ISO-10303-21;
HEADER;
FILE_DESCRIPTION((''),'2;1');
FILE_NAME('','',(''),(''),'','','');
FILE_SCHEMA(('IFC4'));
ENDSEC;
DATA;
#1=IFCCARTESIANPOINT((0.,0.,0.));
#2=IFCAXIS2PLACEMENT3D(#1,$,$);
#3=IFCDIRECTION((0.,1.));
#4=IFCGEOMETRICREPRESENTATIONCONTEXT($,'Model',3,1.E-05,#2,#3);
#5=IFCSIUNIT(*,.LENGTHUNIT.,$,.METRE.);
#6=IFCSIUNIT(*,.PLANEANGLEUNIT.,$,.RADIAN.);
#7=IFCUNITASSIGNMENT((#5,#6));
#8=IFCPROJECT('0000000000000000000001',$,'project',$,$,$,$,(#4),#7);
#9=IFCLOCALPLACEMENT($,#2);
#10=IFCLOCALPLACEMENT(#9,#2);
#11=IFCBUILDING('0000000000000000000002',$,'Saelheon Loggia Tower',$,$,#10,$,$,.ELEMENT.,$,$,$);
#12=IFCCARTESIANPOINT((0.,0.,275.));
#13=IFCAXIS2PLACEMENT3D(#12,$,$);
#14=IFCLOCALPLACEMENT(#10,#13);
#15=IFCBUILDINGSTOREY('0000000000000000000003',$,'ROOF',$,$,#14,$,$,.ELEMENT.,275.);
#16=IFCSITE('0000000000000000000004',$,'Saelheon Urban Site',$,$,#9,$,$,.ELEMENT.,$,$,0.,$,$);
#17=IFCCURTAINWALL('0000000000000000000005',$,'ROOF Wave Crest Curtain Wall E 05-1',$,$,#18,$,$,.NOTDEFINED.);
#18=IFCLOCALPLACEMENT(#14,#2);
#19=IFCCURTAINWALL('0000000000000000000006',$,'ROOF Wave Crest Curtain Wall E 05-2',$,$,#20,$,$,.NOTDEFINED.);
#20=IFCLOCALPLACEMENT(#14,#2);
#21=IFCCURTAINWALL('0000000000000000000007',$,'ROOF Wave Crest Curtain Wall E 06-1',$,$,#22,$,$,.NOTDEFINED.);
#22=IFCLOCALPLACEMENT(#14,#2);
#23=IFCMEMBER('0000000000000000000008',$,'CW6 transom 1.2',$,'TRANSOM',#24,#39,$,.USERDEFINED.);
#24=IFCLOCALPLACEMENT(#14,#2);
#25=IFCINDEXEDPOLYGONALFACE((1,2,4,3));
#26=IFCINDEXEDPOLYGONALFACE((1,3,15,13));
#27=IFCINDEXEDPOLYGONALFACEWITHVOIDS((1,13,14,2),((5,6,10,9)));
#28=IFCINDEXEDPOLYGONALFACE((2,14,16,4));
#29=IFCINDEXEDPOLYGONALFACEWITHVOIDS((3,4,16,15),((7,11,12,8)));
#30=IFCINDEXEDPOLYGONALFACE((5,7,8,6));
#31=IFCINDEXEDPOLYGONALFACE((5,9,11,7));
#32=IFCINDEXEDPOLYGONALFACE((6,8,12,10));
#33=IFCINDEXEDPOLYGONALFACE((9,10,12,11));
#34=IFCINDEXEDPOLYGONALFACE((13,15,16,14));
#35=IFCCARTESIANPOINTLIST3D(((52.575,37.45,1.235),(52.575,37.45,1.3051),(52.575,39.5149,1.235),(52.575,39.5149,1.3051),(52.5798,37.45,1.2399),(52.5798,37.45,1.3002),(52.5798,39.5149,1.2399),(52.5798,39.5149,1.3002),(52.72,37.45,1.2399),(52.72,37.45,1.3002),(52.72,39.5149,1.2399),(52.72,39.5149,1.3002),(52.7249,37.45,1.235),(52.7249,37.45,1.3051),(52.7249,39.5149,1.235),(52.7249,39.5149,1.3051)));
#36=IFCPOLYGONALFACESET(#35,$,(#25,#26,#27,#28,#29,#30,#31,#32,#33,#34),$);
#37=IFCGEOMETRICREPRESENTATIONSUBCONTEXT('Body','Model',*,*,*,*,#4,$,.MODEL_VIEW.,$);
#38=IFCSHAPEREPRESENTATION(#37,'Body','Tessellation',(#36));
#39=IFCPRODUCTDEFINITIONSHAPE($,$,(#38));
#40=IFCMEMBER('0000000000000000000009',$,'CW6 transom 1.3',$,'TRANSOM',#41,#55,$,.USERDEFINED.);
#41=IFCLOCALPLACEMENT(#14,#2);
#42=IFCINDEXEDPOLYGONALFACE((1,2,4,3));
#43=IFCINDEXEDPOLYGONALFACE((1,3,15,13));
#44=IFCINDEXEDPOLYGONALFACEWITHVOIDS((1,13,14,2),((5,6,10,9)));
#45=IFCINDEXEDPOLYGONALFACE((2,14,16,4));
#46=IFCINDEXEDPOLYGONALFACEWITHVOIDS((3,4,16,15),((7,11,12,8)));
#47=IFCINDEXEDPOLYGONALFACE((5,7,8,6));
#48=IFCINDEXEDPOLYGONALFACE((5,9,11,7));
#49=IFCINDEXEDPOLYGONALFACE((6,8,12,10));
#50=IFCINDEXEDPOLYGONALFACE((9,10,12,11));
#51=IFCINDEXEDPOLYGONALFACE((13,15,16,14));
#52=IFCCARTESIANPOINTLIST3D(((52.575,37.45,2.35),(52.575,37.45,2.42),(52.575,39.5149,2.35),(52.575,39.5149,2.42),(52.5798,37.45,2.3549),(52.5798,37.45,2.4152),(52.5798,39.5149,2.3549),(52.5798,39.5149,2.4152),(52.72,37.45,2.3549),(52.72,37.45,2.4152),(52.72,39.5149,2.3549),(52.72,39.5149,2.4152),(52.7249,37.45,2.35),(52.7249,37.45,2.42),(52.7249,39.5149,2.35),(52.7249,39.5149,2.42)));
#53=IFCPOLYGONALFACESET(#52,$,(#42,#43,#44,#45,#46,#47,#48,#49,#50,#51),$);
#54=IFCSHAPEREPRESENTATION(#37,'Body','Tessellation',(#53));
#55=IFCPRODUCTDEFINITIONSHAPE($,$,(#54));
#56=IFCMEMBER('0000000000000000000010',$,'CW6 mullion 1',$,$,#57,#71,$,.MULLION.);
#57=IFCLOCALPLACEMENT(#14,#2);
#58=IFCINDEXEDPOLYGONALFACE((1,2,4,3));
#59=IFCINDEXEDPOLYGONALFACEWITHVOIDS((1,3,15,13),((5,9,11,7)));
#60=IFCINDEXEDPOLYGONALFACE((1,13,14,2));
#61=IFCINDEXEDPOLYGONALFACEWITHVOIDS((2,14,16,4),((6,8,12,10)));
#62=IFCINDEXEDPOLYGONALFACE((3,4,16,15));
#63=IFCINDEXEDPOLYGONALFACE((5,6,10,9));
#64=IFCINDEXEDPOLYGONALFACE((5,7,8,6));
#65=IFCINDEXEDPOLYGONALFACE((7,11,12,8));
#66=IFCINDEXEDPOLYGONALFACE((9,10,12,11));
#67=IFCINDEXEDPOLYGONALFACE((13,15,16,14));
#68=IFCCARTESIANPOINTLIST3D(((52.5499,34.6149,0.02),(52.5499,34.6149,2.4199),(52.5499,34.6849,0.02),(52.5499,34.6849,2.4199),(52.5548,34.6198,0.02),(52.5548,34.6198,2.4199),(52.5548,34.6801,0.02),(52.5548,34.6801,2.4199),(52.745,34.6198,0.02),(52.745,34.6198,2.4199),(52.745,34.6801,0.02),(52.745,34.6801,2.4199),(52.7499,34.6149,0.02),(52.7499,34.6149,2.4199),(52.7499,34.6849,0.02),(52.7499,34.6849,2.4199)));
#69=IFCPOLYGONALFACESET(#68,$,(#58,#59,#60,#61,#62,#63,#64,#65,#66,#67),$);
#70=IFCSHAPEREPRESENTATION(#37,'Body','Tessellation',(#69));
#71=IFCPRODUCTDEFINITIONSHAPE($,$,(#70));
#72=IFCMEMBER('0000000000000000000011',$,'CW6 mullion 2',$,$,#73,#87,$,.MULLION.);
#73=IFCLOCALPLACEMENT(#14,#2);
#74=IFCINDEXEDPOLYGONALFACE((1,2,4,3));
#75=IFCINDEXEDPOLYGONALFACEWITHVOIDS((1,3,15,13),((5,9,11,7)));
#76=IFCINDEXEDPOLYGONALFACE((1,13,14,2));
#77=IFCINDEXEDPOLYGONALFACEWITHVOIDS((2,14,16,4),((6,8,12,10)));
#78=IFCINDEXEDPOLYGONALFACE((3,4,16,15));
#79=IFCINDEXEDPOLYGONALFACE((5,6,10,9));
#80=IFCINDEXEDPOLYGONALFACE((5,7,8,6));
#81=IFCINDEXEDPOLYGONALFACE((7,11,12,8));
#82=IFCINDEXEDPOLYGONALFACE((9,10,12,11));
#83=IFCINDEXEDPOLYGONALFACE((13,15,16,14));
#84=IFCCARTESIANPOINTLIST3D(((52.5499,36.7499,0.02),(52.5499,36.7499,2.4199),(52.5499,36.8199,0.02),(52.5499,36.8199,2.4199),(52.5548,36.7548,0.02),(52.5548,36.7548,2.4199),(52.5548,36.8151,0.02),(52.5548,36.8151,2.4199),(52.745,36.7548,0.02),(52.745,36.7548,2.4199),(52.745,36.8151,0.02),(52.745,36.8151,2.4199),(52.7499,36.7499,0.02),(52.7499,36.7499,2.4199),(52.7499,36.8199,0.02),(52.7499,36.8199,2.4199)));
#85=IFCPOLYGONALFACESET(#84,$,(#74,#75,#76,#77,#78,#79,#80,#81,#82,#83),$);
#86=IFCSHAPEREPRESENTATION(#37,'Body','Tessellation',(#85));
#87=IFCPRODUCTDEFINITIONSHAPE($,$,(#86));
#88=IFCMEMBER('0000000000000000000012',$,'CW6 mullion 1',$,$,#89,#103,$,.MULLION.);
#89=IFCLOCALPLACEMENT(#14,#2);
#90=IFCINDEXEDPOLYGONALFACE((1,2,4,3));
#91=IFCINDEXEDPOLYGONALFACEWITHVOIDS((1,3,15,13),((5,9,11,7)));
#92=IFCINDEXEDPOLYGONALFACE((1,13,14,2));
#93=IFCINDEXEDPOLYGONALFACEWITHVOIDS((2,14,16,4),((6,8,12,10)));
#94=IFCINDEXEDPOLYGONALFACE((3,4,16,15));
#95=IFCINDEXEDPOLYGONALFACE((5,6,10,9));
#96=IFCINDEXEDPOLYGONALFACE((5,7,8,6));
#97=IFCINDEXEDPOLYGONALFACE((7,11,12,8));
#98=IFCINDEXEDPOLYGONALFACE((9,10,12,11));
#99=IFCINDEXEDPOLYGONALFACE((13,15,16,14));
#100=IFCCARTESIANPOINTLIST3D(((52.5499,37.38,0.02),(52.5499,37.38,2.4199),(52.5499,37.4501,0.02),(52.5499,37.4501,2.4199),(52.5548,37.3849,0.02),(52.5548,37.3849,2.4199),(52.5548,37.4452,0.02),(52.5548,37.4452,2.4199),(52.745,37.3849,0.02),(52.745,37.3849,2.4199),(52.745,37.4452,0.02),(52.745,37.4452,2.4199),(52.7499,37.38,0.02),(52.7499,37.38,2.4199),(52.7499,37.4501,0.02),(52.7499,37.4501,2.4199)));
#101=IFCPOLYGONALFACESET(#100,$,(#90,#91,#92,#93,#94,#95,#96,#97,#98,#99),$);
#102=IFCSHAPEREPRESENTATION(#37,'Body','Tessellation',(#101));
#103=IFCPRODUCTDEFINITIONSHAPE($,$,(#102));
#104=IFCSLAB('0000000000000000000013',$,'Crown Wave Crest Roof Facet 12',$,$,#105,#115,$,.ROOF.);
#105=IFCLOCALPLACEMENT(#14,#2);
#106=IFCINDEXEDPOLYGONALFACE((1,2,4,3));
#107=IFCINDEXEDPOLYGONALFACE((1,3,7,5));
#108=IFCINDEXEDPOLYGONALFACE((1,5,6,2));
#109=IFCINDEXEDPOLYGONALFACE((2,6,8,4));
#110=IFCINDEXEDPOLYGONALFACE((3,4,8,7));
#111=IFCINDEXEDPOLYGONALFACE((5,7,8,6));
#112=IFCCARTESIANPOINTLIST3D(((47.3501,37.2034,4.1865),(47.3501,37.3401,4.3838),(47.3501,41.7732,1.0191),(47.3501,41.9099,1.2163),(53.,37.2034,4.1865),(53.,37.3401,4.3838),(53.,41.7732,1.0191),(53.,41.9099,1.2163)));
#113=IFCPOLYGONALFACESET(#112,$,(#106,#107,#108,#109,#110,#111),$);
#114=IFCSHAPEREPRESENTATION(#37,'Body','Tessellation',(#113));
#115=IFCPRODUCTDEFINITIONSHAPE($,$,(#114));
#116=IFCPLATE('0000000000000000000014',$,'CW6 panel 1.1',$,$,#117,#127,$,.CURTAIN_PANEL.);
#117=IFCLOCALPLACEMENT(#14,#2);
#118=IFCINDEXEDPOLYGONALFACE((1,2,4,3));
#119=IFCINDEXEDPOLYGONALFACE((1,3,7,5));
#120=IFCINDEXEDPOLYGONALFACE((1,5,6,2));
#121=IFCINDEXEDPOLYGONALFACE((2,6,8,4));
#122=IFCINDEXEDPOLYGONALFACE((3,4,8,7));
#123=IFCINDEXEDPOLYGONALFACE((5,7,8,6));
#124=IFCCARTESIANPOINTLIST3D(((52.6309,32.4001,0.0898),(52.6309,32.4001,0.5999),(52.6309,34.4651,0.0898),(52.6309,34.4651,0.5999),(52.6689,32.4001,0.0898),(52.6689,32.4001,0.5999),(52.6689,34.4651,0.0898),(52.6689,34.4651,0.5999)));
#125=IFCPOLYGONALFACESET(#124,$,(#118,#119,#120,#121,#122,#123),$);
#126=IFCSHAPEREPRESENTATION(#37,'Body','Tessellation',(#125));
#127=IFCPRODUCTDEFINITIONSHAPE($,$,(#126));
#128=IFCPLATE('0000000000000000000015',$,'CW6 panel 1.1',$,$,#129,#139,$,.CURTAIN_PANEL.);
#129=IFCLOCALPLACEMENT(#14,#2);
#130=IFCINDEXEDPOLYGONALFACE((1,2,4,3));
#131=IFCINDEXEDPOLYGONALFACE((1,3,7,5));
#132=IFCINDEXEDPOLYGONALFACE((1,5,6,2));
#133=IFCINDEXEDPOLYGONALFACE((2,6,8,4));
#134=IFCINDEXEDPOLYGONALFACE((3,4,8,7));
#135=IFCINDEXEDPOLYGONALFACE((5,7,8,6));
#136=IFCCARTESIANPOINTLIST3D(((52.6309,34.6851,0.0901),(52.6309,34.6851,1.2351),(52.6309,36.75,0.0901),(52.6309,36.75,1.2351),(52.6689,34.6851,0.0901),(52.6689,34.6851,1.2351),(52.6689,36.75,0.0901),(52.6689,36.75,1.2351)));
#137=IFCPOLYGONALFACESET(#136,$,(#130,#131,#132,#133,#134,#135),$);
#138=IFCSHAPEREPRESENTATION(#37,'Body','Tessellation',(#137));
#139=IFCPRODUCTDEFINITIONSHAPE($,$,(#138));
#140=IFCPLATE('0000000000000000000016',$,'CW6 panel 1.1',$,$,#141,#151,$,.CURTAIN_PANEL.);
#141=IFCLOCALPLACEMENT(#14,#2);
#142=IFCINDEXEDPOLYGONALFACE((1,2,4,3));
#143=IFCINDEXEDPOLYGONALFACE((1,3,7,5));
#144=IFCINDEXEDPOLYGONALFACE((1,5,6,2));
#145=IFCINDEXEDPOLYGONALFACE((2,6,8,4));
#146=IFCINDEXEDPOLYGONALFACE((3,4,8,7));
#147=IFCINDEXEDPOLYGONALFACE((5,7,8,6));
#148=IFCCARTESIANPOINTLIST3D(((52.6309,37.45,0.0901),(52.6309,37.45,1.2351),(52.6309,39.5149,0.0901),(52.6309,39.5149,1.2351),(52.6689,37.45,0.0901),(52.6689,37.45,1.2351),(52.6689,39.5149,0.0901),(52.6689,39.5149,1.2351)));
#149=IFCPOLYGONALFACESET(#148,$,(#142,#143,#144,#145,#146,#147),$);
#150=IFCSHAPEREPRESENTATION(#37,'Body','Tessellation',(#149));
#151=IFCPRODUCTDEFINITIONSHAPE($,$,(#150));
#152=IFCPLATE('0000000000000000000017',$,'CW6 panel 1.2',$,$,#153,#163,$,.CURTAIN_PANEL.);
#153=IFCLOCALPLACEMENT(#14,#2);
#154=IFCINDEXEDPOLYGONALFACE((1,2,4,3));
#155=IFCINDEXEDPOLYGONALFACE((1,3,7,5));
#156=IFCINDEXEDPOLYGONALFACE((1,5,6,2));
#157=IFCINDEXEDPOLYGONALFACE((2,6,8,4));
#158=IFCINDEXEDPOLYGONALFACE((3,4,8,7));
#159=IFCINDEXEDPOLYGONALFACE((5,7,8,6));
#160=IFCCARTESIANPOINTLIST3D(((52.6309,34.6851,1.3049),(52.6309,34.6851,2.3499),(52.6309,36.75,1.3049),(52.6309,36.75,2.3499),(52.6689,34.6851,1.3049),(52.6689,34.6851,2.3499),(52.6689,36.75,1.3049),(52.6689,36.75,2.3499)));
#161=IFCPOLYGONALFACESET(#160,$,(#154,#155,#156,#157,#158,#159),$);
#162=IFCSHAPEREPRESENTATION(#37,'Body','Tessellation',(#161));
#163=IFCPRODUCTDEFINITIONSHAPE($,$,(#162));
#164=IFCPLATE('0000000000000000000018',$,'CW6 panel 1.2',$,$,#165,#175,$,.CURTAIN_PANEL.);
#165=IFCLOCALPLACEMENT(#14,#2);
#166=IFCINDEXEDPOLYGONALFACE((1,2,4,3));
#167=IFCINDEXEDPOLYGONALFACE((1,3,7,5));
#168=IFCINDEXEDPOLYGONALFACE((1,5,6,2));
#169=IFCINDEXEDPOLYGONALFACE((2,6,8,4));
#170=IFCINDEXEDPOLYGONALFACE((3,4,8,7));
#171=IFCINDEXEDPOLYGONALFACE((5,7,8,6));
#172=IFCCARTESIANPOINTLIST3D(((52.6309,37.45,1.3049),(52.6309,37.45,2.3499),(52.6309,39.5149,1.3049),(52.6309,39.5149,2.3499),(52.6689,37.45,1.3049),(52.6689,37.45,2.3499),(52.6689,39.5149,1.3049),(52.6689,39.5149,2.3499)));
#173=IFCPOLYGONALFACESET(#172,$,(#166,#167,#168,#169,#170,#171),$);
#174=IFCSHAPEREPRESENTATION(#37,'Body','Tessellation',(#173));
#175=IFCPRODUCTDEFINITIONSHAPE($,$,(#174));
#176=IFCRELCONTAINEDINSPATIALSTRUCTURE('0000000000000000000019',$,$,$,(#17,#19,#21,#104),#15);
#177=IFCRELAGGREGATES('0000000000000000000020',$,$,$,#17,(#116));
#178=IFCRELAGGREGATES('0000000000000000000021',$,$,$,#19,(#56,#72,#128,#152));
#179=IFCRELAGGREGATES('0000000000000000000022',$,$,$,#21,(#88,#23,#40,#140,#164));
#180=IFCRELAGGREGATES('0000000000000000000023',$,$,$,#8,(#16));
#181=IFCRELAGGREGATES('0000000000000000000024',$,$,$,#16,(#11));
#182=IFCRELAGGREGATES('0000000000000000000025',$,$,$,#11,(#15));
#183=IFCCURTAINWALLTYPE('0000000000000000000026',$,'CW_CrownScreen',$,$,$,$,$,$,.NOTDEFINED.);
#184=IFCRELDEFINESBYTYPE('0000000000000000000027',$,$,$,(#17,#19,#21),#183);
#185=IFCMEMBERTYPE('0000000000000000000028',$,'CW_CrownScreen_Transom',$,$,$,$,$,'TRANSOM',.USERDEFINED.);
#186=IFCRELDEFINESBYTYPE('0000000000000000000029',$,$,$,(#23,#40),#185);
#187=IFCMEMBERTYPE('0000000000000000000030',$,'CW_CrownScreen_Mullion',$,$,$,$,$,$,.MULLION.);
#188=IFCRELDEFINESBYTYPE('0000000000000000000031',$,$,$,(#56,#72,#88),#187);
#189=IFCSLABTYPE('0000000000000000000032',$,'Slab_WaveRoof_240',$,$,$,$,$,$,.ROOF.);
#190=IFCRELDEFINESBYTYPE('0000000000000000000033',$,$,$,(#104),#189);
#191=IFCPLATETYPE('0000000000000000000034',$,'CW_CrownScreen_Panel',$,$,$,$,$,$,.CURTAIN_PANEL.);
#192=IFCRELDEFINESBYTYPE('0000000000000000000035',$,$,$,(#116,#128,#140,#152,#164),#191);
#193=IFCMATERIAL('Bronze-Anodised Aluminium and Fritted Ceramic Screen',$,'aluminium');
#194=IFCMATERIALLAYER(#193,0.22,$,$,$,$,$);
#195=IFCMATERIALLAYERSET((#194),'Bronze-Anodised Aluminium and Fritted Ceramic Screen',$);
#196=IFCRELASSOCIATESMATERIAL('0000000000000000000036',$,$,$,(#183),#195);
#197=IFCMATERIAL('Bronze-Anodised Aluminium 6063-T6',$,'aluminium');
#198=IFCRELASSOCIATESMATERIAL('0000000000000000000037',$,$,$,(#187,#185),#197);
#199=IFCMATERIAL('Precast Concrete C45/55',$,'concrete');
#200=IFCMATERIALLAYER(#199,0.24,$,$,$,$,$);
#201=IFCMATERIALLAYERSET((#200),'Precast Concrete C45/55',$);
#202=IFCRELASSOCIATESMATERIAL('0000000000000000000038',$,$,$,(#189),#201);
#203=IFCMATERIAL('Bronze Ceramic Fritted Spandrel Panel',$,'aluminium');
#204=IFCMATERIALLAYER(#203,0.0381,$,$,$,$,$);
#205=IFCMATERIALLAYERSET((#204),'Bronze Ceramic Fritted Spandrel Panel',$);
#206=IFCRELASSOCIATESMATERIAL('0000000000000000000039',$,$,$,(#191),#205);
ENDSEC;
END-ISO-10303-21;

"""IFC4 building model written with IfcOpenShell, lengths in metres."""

from ifc_helpers import new_model, si_unit, direction, frame, origin, origin_2d, place, context, subcontext, project, spatial, polyline, rectangle, hollow_rectangle, outline, extrude, source, transform, mapped, material, layer, layer_set, material_profile, profile_set, type_object, element, aggregate, save


model = new_model("IFC4")

# Units and contexts
model_context = context("Model", 3, precision=1e-05, world=origin(), true_north=direction((0.0, 1.0)))
body_context = subcontext(model_context, "Body", "Model", "MODEL_VIEW")
ifc_project = project(units=[si_unit("LENGTHUNIT", "METRE"), si_unit("PLANEANGLEUNIT", "RADIAN")], contexts=[model_context])

# Site, building, storey
site_placement = place(None, origin())
site = spatial("IfcSite", under=ifc_project, at=site_placement, Name="Saelheon Urban Site", CompositionType="ELEMENT", RefElevation=0.0)
building_placement = place(site_placement, origin())
building = spatial("IfcBuilding", under=site, at=building_placement, Name="Saelheon Loggia Tower", CompositionType="ELEMENT")
storey_placement = place(building_placement, frame((0.0, 0.0, 275.0)))
storey = spatial("IfcBuildingStorey", under=building, at=storey_placement, Name="ROOF", CompositionType="ELEMENT", Elevation=275.0)

# Curtain wall
ifc_material_1 = material(Name="Bronze-Anodised Aluminium and Fritted Ceramic Screen", Category="aluminium")
ifc_layer_1 = layer(ifc_material_1, 0.22)
ifc_layer_set_1 = layer_set([ifc_layer_1], Name="Bronze-Anodised Aluminium and Fritted Ceramic Screen")
curtain_wall_type = type_object("IfcCurtainWallType", Name="CW_CrownScreen", PredefinedType="NOTDEFINED", material=ifc_layer_set_1)
curtain_wall_1_placement = place(storey_placement, origin())
curtain_wall_1 = element("IfcCurtainWall", 1, at=curtain_wall_1_placement, inside=storey, type_object=curtain_wall_type, Name="ROOF Wave Crest Curtain Wall E 05-1", PredefinedType="NOTDEFINED")
ifc_material_2 = material(Name="Bronze-Anodised Aluminium 6063-T6", Category="aluminium")
ifc_material_profile_1 = material_profile(ifc_material_2, hollow_rectangle(XDim=0.0701, YDim=0.2, WallThickness=0.0049, at=origin_2d()), Name="RHS-200x70x5")
ifc_profile_set_1 = profile_set([ifc_material_profile_1], Name="Bronze-Anodised Aluminium 6063-T6")
member_type_1 = type_object("IfcMemberType", Name="CW_CrownScreen_Mullion", PredefinedType="MULLION", material=ifc_profile_set_1)

# Curtain walls, members
curtain_wall_2_placement = place(storey_placement, origin())
curtain_wall_2 = element("IfcCurtainWall", 2, at=curtain_wall_2_placement, inside=storey, type_object=curtain_wall_type, Name="ROOF Wave Crest Curtain Wall E 05-2", PredefinedType="NOTDEFINED")
ifc_material_profile_2 = material_profile(ifc_material_2, hollow_rectangle(XDim=0.0701, YDim=0.1499, WallThickness=0.0049, at=origin_2d()), Name="RHS-150x70x5")
ifc_profile_set_2 = profile_set([ifc_material_profile_2], Name="Bronze-Anodised Aluminium 6063-T6")
member_type_2 = type_object("IfcMemberType", Name="CW_CrownScreen_Transom", ElementType="TRANSOM", PredefinedType="USERDEFINED", material=ifc_profile_set_2)
shared_shape_1 = source(origin(), body_context, "Body", "SweptSolid", [
    extrude(hollow_rectangle(XDim=0.0701, YDim=0.1499, WallThickness=0.0049, at=origin_2d()), origin(), (0.0, 0.0, 1.0), 2.0649),
])
curtain_wall_3_placement = place(storey_placement, origin())
curtain_wall_3 = element("IfcCurtainWall", 3, at=curtain_wall_3_placement, inside=storey, type_object=curtain_wall_type, Name="ROOF Wave Crest Curtain Wall E 06-1", PredefinedType="NOTDEFINED")
member_1_placement = place(storey_placement, frame((52.6499, 37.45, 1.27), z_axis=(0.0, 1.0, 0.0), x_axis=(0.0, 0.0, 1.0)))
member_1 = element("IfcMember", 4, at=member_1_placement, type_object=member_type_2, Name="CW6 transom 1.2", ObjectType="TRANSOM", PredefinedType="USERDEFINED", context=body_context, shape_type="MappedRepresentation", body=[
    mapped(shared_shape_1, transform((0.0, 0.0, 0.0), scale=1.0)),
])
member_2_placement = place(storey_placement, frame((52.6499, 37.45, 2.385), z_axis=(0.0, 1.0, 0.0), x_axis=(0.0, 0.0, 1.0)))
member_2 = element("IfcMember", 5, at=member_2_placement, type_object=member_type_2, Name="CW6 transom 1.3", ObjectType="TRANSOM", PredefinedType="USERDEFINED", context=body_context, shape_type="MappedRepresentation", body=[
    mapped(shared_shape_1, transform((0.0, 0.0, 0.0), scale=1.0)),
])

# Members
shared_shape_2 = source(origin(), body_context, "Body", "SweptSolid", [
    extrude(hollow_rectangle(XDim=0.0701, YDim=0.2, WallThickness=0.0049, at=origin_2d()), origin(), (0.0, 0.0, 1.0), 2.3999),
])
member_3_placement = place(storey_placement, frame((52.6499, 34.6499, 0.02), z_axis=(0.0, 0.0, 1.0), x_axis=(0.0, 1.0, 0.0)))
member_3 = element("IfcMember", 6, at=member_3_placement, type_object=member_type_1, Name="CW6 mullion 1", PredefinedType="MULLION", context=body_context, shape_type="MappedRepresentation", body=[
    mapped(shared_shape_2, transform((0.0, 0.0, 0.0), scale=1.0)),
])
member_4_placement = place(storey_placement, frame((52.6499, 36.7849, 0.02), z_axis=(0.0, 0.0, 1.0), x_axis=(0.0, 1.0, 0.0)))
member_4 = element("IfcMember", 7, at=member_4_placement, type_object=member_type_1, Name="CW6 mullion 2", PredefinedType="MULLION", context=body_context, shape_type="MappedRepresentation", body=[
    mapped(shared_shape_2, transform((0.0, 0.0, 0.0), scale=1.0)),
])
member_5_placement = place(storey_placement, frame((52.6499, 37.415, 0.02), z_axis=(0.0, 0.0, 1.0), x_axis=(0.0, 1.0, 0.0)))
member_5 = element("IfcMember", 8, at=member_5_placement, type_object=member_type_1, Name="CW6 mullion 1", PredefinedType="MULLION", context=body_context, shape_type="MappedRepresentation", body=[
    mapped(shared_shape_2, transform((0.0, 0.0, 0.0), scale=1.0)),
])

# Slab
ifc_material_3 = material(Name="Precast Concrete C45/55", Category="concrete")
ifc_layer_2 = layer(ifc_material_3, 0.24)
ifc_layer_set_2 = layer_set([ifc_layer_2], Name="Precast Concrete C45/55")
slab_type = type_object("IfcSlabType", Name="Slab_WaveRoof_240", PredefinedType="ROOF", material=ifc_layer_set_2)
slab_placement = place(storey_placement, frame((47.3501, 37.3401, 4.3838), z_axis=(0.0, 0.569667, 0.821876), x_axis=(1.0, 0.0, 0.0)))
element("IfcSlab", 9, at=slab_placement, inside=storey, type_object=slab_type, Name="Crown Wave Crest Roof Facet 12", PredefinedType="ROOF", context=body_context, shape_type="SweptSolid", body=[
    extrude(outline(polyline([(0.0, 0.0), (5.6499, 0.0), (5.6499, 5.5602), (0.0, 5.5602), (0.0, 0.0)])), origin(), (0.0, 0.0, -1.0), 0.24),
])

# Plates
ifc_material_4 = material(Name="Bronze Ceramic Fritted Spandrel Panel", Category="aluminium")
ifc_layer_3 = layer(ifc_material_4, 0.0381)
ifc_layer_set_3 = layer_set([ifc_layer_3], Name="Bronze Ceramic Fritted Spandrel Panel")
plate_type = type_object("IfcPlateType", Name="CW_CrownScreen_Panel", PredefinedType="CURTAIN_PANEL", material=ifc_layer_set_3)
shared_shape_3 = source(origin(), body_context, "Body", "SweptSolid", [
    extrude(rectangle(XDim=2.0649, YDim=0.0381, at=origin_2d()), origin(), (0.0, 0.0, 1.0), 0.51),
])
plate_1_placement = place(storey_placement, frame((52.6499, 33.4326, 0.0898), z_axis=(0.0, 0.0, 1.0), x_axis=(0.0, 1.0, 0.0)))
plate_1 = element("IfcPlate", 10, at=plate_1_placement, type_object=plate_type, Name="CW6 panel 1.1", PredefinedType="CURTAIN_PANEL", context=body_context, shape_type="MappedRepresentation", body=[
    mapped(shared_shape_3, transform((0.0, 0.0, 0.0), scale=1.0)),
])
aggregate(curtain_wall_1, [plate_1])
shared_shape_4 = source(origin(), body_context, "Body", "SweptSolid", [
    extrude(rectangle(XDim=2.0649, YDim=0.0381, at=origin_2d()), origin(), (0.0, 0.0, 1.0), 1.145),
])
plate_2_placement = place(storey_placement, frame((52.6499, 35.7175, 0.0901), z_axis=(0.0, 0.0, 1.0), x_axis=(0.0, 1.0, 0.0)))
plate_2 = element("IfcPlate", 11, at=plate_2_placement, type_object=plate_type, Name="CW6 panel 1.1", PredefinedType="CURTAIN_PANEL", context=body_context, shape_type="MappedRepresentation", body=[
    mapped(shared_shape_4, transform((0.0, 0.0, 0.0), scale=1.0)),
])
plate_3_placement = place(storey_placement, frame((52.6499, 38.4824, 0.0901), z_axis=(0.0, 0.0, 1.0), x_axis=(0.0, 1.0, 0.0)))
plate_3 = element("IfcPlate", 12, at=plate_3_placement, type_object=plate_type, Name="CW6 panel 1.1", PredefinedType="CURTAIN_PANEL", context=body_context, shape_type="MappedRepresentation", body=[
    mapped(shared_shape_4, transform((0.0, 0.0, 0.0), scale=1.0)),
])
shared_shape_5 = source(origin(), body_context, "Body", "SweptSolid", [
    extrude(rectangle(XDim=2.0649, YDim=0.0381, at=origin_2d()), origin(), (0.0, 0.0, 1.0), 1.0449),
])
plate_4_placement = place(storey_placement, frame((52.6499, 35.7175, 1.3049), z_axis=(0.0, 0.0, 1.0), x_axis=(0.0, 1.0, 0.0)))
plate_4 = element("IfcPlate", 13, at=plate_4_placement, type_object=plate_type, Name="CW6 panel 1.2", PredefinedType="CURTAIN_PANEL", context=body_context, shape_type="MappedRepresentation", body=[
    mapped(shared_shape_5, transform((0.0, 0.0, 0.0), scale=1.0)),
])
aggregate(curtain_wall_2, [member_3, member_4, plate_2, plate_4])
plate_5_placement = place(storey_placement, frame((52.6499, 38.4824, 1.3049), z_axis=(0.0, 0.0, 1.0), x_axis=(0.0, 1.0, 0.0)))
plate_5 = element("IfcPlate", 14, at=plate_5_placement, type_object=plate_type, Name="CW6 panel 1.2", PredefinedType="CURTAIN_PANEL", context=body_context, shape_type="MappedRepresentation", body=[
    mapped(shared_shape_5, transform((0.0, 0.0, 0.0), scale=1.0)),
])
aggregate(curtain_wall_3, [member_5, member_1, member_2, plate_3, plate_5])

save(model, "model.ifc")
